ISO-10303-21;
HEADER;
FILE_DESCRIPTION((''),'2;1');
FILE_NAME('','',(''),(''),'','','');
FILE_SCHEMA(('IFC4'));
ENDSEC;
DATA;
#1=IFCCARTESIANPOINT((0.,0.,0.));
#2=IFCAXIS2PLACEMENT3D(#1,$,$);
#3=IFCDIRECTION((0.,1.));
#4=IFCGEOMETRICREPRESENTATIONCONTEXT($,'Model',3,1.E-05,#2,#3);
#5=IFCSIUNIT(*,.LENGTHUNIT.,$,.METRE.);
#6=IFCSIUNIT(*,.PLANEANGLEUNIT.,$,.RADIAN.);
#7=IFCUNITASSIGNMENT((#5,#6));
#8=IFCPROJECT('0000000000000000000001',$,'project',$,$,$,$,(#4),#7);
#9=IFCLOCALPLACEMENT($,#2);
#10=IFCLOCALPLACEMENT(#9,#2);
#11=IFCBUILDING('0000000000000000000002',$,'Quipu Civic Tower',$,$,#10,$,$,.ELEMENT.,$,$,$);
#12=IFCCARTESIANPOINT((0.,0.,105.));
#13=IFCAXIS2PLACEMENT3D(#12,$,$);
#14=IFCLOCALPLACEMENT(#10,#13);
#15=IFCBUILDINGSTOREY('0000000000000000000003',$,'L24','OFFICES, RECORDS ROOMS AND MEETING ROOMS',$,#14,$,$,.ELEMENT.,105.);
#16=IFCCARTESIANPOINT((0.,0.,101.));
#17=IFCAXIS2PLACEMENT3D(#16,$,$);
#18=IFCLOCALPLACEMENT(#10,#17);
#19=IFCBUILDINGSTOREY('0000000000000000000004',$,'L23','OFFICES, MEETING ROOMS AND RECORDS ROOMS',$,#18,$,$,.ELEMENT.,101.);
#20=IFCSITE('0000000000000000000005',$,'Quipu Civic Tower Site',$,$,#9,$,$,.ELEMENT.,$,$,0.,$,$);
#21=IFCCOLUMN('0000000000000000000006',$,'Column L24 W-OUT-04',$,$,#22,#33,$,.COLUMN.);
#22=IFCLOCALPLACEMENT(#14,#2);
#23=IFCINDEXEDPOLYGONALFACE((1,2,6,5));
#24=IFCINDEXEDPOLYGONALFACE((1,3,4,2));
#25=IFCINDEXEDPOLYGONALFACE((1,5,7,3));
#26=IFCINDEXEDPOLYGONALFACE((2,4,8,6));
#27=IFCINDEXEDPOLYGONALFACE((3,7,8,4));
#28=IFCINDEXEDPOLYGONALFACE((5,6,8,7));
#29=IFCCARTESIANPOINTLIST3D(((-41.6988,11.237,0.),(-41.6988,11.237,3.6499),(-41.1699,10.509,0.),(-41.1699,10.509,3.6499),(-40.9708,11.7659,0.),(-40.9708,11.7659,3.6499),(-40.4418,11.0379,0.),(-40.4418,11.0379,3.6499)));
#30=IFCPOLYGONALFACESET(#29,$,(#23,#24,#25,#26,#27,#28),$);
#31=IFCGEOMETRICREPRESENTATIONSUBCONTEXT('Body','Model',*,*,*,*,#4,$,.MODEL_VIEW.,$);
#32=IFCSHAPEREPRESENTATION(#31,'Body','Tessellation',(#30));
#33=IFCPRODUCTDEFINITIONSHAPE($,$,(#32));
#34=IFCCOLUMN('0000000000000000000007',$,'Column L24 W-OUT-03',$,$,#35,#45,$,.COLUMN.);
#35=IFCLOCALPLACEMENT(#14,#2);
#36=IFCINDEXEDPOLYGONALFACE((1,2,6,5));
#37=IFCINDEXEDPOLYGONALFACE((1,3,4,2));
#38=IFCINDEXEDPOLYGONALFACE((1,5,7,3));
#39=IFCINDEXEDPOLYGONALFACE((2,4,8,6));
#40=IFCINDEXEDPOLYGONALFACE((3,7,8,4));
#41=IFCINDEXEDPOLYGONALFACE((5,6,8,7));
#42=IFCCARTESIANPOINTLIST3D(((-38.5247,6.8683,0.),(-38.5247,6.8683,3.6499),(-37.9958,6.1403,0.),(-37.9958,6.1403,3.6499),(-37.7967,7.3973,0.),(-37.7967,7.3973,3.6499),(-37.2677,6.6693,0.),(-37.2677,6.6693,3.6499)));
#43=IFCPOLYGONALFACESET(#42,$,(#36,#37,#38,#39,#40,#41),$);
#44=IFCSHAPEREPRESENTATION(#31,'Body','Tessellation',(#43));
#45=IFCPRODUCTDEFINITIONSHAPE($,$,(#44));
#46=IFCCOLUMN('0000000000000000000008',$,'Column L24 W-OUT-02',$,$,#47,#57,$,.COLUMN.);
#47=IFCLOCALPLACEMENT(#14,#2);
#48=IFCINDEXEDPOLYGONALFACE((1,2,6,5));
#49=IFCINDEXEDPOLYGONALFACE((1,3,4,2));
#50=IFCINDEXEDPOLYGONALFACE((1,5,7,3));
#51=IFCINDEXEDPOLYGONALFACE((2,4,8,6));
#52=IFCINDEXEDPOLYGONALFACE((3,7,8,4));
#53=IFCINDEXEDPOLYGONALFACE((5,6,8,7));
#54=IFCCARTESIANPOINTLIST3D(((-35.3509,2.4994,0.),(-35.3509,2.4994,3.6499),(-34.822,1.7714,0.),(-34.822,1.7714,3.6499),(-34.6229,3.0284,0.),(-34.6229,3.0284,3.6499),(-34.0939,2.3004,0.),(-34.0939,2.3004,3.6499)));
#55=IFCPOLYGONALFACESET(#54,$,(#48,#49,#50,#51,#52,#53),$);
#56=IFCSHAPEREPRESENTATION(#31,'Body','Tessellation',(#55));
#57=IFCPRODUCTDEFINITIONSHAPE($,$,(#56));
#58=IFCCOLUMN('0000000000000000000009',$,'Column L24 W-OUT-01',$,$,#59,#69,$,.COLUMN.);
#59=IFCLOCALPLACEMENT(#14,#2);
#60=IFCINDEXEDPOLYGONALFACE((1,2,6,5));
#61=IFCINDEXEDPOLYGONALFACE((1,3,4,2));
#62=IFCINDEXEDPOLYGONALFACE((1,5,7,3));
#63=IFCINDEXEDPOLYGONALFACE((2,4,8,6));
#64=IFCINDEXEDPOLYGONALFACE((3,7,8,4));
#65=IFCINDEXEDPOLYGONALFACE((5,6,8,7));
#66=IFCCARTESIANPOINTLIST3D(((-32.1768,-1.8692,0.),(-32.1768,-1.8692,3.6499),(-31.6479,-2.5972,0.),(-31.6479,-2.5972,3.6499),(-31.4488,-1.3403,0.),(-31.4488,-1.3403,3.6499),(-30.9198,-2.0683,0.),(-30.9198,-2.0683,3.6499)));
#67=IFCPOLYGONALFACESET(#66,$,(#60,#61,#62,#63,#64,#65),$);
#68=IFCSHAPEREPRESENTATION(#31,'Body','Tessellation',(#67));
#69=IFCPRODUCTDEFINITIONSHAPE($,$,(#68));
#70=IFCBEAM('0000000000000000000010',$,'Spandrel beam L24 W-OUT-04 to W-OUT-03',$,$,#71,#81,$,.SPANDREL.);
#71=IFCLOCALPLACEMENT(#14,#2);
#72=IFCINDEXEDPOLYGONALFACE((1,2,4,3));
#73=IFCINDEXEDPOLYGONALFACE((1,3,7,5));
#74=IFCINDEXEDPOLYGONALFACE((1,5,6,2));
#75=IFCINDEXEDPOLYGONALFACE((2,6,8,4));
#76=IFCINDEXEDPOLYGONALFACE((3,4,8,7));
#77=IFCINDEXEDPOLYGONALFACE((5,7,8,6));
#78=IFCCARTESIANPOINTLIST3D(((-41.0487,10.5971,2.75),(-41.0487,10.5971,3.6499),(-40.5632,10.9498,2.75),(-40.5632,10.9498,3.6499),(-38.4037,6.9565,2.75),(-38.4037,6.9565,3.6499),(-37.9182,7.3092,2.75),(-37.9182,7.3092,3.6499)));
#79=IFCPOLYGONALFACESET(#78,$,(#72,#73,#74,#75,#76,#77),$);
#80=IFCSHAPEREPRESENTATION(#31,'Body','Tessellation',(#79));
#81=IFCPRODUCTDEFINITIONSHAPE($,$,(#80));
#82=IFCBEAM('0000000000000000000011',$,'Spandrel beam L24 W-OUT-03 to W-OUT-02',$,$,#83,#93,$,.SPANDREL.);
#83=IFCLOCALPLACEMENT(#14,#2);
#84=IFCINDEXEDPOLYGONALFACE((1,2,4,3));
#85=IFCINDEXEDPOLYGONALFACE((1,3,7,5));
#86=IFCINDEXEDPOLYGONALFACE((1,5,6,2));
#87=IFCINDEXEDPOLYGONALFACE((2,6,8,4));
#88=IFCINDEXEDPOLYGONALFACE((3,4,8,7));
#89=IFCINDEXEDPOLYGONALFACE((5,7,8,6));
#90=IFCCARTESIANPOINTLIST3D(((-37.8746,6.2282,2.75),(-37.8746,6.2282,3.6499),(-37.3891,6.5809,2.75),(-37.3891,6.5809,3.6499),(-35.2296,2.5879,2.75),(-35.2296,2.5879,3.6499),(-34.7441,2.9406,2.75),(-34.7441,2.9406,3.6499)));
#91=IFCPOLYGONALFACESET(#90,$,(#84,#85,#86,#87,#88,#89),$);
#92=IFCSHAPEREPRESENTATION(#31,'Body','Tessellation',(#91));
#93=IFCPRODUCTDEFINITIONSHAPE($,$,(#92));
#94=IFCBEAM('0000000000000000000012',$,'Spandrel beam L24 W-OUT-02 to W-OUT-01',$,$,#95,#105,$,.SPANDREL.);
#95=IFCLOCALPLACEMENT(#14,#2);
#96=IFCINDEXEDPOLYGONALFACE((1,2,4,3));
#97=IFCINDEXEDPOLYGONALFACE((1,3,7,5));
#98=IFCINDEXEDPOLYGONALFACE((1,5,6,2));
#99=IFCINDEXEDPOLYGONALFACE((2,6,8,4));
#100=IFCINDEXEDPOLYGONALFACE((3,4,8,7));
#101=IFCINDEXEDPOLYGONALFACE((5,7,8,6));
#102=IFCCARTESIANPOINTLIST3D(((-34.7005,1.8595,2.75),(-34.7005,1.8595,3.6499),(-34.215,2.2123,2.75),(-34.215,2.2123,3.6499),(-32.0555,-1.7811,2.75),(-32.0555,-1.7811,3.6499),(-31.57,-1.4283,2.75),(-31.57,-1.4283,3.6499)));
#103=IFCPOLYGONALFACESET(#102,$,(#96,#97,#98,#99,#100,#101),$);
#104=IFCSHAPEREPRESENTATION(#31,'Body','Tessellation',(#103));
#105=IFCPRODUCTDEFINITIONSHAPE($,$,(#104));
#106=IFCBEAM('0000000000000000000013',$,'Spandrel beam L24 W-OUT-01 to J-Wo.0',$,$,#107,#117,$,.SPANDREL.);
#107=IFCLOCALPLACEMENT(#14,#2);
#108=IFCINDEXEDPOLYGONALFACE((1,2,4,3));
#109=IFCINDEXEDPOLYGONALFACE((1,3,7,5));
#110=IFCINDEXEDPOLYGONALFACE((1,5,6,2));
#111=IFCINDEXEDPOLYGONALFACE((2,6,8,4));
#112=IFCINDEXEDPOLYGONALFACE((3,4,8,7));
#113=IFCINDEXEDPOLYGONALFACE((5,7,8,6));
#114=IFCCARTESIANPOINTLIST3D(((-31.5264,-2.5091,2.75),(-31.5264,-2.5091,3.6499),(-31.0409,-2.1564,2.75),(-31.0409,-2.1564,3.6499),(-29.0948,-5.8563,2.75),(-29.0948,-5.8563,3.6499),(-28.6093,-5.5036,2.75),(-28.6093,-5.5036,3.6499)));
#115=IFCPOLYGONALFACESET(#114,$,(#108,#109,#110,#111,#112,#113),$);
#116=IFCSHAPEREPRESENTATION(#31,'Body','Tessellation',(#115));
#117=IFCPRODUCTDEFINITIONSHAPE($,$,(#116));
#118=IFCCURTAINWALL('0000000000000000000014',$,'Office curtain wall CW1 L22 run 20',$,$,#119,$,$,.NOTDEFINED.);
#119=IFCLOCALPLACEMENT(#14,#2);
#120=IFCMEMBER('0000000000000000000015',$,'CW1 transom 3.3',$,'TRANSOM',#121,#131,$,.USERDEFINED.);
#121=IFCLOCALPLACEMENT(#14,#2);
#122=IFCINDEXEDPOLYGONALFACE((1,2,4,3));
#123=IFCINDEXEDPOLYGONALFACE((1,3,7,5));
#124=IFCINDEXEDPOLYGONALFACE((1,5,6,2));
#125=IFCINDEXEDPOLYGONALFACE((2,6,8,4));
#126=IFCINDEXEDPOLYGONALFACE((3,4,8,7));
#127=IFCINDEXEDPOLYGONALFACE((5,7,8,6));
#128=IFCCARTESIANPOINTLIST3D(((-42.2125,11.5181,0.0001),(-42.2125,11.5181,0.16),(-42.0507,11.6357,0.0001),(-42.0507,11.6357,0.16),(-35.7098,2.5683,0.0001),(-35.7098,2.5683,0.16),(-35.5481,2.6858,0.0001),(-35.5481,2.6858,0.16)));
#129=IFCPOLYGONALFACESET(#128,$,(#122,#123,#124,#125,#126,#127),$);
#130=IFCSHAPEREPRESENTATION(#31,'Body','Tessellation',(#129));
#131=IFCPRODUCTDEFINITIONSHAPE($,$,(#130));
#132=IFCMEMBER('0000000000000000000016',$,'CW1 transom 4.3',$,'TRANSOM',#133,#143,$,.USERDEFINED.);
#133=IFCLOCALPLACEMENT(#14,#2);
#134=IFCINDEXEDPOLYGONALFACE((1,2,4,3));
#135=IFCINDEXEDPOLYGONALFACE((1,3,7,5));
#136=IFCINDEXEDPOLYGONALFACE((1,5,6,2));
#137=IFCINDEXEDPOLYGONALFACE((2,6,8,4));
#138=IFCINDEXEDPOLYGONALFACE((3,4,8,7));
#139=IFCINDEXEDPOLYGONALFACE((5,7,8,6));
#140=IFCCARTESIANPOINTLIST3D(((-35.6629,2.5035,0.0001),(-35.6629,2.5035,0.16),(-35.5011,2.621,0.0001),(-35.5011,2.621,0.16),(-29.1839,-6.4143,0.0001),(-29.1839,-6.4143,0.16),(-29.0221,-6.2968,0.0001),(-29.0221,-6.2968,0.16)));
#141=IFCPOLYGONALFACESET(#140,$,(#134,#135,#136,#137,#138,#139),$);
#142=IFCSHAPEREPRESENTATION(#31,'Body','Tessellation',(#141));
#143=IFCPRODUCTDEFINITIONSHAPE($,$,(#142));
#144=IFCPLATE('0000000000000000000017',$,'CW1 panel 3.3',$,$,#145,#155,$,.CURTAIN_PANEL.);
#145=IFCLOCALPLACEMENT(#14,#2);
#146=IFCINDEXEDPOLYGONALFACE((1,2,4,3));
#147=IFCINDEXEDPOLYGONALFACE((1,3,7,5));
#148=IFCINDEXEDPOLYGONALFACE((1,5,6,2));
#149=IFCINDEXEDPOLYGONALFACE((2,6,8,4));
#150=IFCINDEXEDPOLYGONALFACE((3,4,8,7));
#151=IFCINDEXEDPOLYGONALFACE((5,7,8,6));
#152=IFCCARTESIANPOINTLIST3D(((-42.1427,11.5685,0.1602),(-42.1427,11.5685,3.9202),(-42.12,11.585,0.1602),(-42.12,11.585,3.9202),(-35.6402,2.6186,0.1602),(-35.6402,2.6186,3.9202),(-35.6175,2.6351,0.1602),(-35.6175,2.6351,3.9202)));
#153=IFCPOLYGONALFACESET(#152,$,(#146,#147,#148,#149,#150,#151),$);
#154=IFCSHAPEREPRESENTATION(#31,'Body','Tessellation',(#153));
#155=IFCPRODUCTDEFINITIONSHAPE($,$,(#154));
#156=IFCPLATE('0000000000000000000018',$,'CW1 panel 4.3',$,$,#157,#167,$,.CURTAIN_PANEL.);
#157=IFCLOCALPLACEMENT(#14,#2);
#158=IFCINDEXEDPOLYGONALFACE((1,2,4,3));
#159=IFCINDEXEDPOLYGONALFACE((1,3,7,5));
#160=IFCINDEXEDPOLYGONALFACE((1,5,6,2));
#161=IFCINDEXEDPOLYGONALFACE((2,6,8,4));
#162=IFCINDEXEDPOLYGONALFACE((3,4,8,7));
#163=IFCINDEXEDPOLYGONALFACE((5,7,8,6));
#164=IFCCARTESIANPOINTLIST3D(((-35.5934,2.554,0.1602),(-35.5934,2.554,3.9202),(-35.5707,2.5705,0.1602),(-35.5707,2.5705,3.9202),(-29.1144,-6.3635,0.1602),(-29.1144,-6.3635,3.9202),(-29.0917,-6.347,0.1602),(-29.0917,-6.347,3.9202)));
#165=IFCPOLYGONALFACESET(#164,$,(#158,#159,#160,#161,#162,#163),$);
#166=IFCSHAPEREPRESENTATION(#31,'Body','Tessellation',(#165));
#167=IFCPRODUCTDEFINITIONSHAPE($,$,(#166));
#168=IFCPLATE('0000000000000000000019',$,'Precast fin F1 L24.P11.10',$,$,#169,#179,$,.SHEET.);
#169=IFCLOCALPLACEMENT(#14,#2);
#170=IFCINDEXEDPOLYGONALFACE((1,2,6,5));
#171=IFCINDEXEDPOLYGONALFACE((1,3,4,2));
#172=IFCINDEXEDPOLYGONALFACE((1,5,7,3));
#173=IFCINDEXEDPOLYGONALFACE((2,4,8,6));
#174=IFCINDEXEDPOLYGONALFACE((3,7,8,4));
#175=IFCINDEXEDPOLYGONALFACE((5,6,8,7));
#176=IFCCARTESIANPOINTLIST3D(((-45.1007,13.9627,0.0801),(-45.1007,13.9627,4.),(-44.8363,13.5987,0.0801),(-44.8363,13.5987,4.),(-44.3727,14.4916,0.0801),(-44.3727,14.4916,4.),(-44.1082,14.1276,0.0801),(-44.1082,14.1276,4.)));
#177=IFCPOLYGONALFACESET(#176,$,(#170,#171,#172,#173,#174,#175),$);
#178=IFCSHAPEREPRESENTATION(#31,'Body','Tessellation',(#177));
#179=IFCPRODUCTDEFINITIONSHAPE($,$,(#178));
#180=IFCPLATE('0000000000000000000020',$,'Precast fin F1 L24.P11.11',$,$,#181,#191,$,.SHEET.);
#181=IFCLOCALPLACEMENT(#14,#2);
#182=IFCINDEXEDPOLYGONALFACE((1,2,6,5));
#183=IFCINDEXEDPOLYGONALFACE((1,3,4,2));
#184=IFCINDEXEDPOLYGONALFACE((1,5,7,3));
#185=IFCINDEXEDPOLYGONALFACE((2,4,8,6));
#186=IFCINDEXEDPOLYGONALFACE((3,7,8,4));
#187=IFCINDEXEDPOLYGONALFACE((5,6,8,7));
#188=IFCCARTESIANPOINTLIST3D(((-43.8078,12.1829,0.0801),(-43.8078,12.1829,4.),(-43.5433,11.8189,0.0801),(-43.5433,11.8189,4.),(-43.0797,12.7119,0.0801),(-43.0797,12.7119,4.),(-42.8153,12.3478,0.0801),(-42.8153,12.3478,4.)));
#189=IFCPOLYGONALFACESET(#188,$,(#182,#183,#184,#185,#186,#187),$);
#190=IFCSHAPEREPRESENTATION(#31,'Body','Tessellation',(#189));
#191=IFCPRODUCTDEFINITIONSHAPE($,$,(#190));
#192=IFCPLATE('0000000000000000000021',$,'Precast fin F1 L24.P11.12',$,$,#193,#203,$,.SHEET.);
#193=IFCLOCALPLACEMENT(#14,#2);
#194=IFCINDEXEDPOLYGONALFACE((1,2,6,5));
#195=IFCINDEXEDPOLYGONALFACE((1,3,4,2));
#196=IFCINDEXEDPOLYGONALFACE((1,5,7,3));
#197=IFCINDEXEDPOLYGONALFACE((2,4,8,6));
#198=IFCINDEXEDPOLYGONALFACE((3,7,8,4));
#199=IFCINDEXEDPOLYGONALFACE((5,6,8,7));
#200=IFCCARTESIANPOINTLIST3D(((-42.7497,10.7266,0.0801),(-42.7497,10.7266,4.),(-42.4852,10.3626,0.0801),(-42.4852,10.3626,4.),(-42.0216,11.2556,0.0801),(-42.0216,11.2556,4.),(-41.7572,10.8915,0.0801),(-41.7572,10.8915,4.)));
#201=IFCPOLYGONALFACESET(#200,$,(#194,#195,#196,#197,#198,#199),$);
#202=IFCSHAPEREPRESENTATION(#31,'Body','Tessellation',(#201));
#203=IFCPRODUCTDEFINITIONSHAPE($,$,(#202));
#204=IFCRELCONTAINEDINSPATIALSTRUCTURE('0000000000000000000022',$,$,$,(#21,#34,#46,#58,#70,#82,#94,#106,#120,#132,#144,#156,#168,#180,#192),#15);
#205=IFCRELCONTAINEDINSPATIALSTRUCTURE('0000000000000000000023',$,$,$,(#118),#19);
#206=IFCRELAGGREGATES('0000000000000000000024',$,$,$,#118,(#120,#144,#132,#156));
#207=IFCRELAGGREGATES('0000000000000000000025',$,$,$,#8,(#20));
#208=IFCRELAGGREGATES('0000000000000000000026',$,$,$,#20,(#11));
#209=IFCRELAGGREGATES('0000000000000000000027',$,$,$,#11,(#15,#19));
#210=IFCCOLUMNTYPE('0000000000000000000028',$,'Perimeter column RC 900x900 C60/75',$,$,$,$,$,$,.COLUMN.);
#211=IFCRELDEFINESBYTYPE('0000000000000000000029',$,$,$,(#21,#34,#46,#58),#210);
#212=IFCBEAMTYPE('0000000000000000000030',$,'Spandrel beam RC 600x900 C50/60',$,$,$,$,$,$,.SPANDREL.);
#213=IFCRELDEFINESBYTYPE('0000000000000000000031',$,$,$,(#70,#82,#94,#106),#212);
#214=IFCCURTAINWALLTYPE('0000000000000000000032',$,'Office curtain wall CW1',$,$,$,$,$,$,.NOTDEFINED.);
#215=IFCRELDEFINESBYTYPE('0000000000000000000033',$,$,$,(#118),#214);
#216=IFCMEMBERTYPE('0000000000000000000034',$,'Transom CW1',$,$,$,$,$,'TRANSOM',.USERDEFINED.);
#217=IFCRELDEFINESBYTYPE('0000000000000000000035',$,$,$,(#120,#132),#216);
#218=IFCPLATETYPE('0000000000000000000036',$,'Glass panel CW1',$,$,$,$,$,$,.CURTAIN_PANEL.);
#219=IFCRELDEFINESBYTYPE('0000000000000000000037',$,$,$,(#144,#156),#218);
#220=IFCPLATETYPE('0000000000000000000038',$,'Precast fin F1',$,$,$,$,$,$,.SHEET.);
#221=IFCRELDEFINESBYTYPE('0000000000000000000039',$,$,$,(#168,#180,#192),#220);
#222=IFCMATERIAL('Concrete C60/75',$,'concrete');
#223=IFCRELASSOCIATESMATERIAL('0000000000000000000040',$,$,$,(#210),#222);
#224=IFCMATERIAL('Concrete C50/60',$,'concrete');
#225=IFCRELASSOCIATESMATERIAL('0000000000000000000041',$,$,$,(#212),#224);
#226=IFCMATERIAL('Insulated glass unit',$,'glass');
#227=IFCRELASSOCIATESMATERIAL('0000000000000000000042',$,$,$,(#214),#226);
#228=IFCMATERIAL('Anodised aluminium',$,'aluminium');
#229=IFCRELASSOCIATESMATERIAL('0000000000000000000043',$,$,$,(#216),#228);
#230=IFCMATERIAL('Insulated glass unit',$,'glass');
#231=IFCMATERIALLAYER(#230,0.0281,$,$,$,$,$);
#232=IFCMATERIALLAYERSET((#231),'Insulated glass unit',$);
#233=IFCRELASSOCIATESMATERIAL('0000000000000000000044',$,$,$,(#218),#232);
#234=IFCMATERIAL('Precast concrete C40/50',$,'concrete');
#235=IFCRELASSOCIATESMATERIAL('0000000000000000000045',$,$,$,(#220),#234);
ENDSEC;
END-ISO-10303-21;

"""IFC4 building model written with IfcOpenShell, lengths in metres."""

from ifc_helpers import new_model, si_unit, direction, frame, origin, origin_2d, place, context, subcontext, project, spatial, rectangle, extrude, material, layer, layer_set, material_profile, profile_set, type_object, element, aggregate, save


model = new_model("IFC4")

# Units and contexts
model_context = context("Model", 3, precision=1e-05, world=origin(), true_north=direction((0.0, 1.0)))
body_context = subcontext(model_context, "Body", "Model", "MODEL_VIEW")
ifc_project = project(units=[si_unit("LENGTHUNIT", "METRE"), si_unit("PLANEANGLEUNIT", "RADIAN")], contexts=[model_context])

# Site, building, storey
site_placement = place(None, origin())
site = spatial("IfcSite", under=ifc_project, at=site_placement, Name="Quipu Civic Tower Site", CompositionType="ELEMENT", RefElevation=0.0)
building_placement = place(site_placement, origin())
building = spatial("IfcBuilding", under=site, at=building_placement, Name="Quipu Civic Tower", CompositionType="ELEMENT")
storey_1_placement = place(building_placement, frame((0.0, 0.0, 105.0)))
storey_1 = spatial("IfcBuildingStorey", under=building, at=storey_1_placement, Name="L24", Description="OFFICES, RECORDS ROOMS AND MEETING ROOMS", CompositionType="ELEMENT", Elevation=105.0)

# Columns
ifc_material_1 = material(Name="Concrete C60/75", Category="concrete")
ifc_material_profile_1 = material_profile(ifc_material_1, rectangle(XDim=0.8999, YDim=0.8999, at=origin_2d()), Name="RC900x900")
ifc_profile_set_1 = profile_set([ifc_material_profile_1], Name="Concrete C60/75")
column_type = type_object("IfcColumnType", Name="Perimeter column RC 900x900 C60/75", PredefinedType="COLUMN", material=ifc_profile_set_1)
for number, where, z_axis, x_axis, name in (
    (1, (-41.0703, 11.1375, 0.0), (0.0, 0.0, 1.0), (0.587785, -0.809017, 0.0), "Column L24 W-OUT-04"),
    (2, (-37.8962, 6.7688, 0.0), (0.0, 0.0, 1.0), (0.587785, -0.809017, 0.0), "Column L24 W-OUT-03"),
    (3, (-34.7224, 2.3999, 0.0), (0.0, 0.0, 1.0), (0.587785, -0.809017, 0.0), "Column L24 W-OUT-02"),
    (4, (-31.5483, -1.9688, 0.0), (0.0, 0.0, 1.0), (0.587785, -0.809017, 0.0), "Column L24 W-OUT-01"),
):
    element("IfcColumn", number, at=place(storey_1_placement, frame(where, z_axis=z_axis, x_axis=x_axis)), inside=storey_1, type_object=column_type, Name=name, PredefinedType="COLUMN", context=body_context, shape_type="SweptSolid", body=[
        extrude(rectangle(XDim=0.8999, YDim=0.8999, at=origin_2d()), origin(), (0.0, 0.0, 1.0), 3.6499),
    ])

# Beams
ifc_material_2 = material(Name="Concrete C50/60", Category="concrete")
ifc_material_profile_2 = material_profile(ifc_material_2, rectangle(XDim=0.6001, YDim=0.8999, at=origin_2d()), Name="RC600x900")
ifc_profile_set_2 = profile_set([ifc_material_profile_2], Name="Concrete C50/60")
beam_type = type_object("IfcBeamType", Name="Spandrel beam RC 600x900 C50/60", PredefinedType="SPANDREL", material=ifc_profile_set_2)
beam_1_placement = place(storey_1_placement, frame((-40.8059, 10.7734, 3.2), z_axis=(0.587778, -0.809022, 0.0), x_axis=(0.809022, 0.587778, 0.0)))
element("IfcBeam", 5, at=beam_1_placement, inside=storey_1, type_object=beam_type, Name="Spandrel beam L24 W-OUT-04 to W-OUT-03", PredefinedType="SPANDREL", context=body_context, shape_type="SweptSolid", body=[
    extrude(rectangle(XDim=0.6001, YDim=0.8999, at=origin_2d()), origin(), (0.0, 0.0, 1.0), 4.5),
])
beam_2_placement = place(storey_1_placement, frame((-37.6318, 6.4045, 3.2), z_axis=(0.587804, -0.809003, 0.0), x_axis=(0.809003, 0.587804, 0.0)))
element("IfcBeam", 6, at=beam_2_placement, inside=storey_1, type_object=beam_type, Name="Spandrel beam L24 W-OUT-03 to W-OUT-02", PredefinedType="SPANDREL", context=body_context, shape_type="SweptSolid", body=[
    extrude(rectangle(XDim=0.6001, YDim=0.8999, at=origin_2d()), origin(), (0.0, 0.0, 1.0), 4.4998),
])
beam_3_placement = place(storey_1_placement, frame((-34.4578, 2.0359, 3.2), z_axis=(0.587778, -0.809022, 0.0), x_axis=(0.809022, 0.587778, 0.0)))
element("IfcBeam", 7, at=beam_3_placement, inside=storey_1, type_object=beam_type, Name="Spandrel beam L24 W-OUT-02 to W-OUT-01", PredefinedType="SPANDREL", context=body_context, shape_type="SweptSolid", body=[
    extrude(rectangle(XDim=0.6001, YDim=0.8999, at=origin_2d()), origin(), (0.0, 0.0, 1.0), 4.5),
])
beam_4_placement = place(storey_1_placement, frame((-31.2837, -2.3328, 3.2), z_axis=(0.587751, -0.809042, 0.0), x_axis=(0.809042, 0.587751, 0.0)))
element("IfcBeam", 8, at=beam_4_placement, inside=storey_1, type_object=beam_type, Name="Spandrel beam L24 W-OUT-01 to J-Wo.0", PredefinedType="SPANDREL", context=body_context, shape_type="SweptSolid", body=[
    extrude(rectangle(XDim=0.6001, YDim=0.8999, at=origin_2d()), origin(), (0.0, 0.0, 1.0), 4.1372),
])

# Shared definitions
storey_2_placement = place(building_placement, frame((0.0, 0.0, 101.0)))
storey_2 = spatial("IfcBuildingStorey", under=building, at=storey_2_placement, Name="L23", Description="OFFICES, MEETING ROOMS AND RECORDS ROOMS", CompositionType="ELEMENT", Elevation=101.0)

# Curtain wall, members, plates
ifc_material_3 = material(Name="Insulated glass unit", Category="glass")
curtain_wall_type = type_object("IfcCurtainWallType", Name="Office curtain wall CW1", PredefinedType="NOTDEFINED", material=ifc_material_3)
curtain_wall_placement = place(storey_2_placement, origin())
curtain_wall = element("IfcCurtainWall", 9, at=curtain_wall_placement, inside=storey_2, type_object=curtain_wall_type, Name="Office curtain wall CW1 L22 run 20", PredefinedType="NOTDEFINED")
ifc_material_4 = material(Name="Anodised aluminium", Category="aluminium")
ifc_material_profile_3 = material_profile(ifc_material_4, rectangle(XDim=0.2, YDim=0.1599, at=origin_2d()), Name="RECT 200x160")
ifc_profile_set_3 = profile_set([ifc_material_profile_3], Name="Anodised aluminium")
member_type = type_object("IfcMemberType", Name="Transom CW1", ElementType="TRANSOM", PredefinedType="USERDEFINED", material=ifc_profile_set_3)
member_1_placement = place(storey_1_placement, frame((-42.1316, 11.5769, 0.0801), z_axis=(0.587795, -0.80901, 0.0), x_axis=(0.80901, 0.587795, 0.0)))
member_1 = element("IfcMember", 10, at=member_1_placement, inside=storey_1, type_object=member_type, Name="CW1 transom 3.3", ObjectType="TRANSOM", PredefinedType="USERDEFINED", context=body_context, shape_type="SweptSolid", body=[
    extrude(rectangle(XDim=0.2, YDim=0.1599, at=origin_2d()), origin(), (0.0, 0.0, 1.0), 11.0627),
])
member_2_placement = place(storey_1_placement, frame((-35.582, 2.5623, 0.0801), z_axis=(0.587779, -0.809021, 0.0), x_axis=(0.809021, 0.587779, 0.0)))
member_2 = element("IfcMember", 11, at=member_2_placement, inside=storey_1, type_object=member_type, Name="CW1 transom 4.3", ObjectType="TRANSOM", PredefinedType="USERDEFINED", context=body_context, shape_type="SweptSolid", body=[
    extrude(rectangle(XDim=0.2, YDim=0.1599, at=origin_2d()), origin(), (0.0, 0.0, 1.0), 11.0229),
])
ifc_material_5 = material(Name="Insulated glass unit", Category="glass")
ifc_layer_1 = layer(ifc_material_5, 0.0281)
ifc_layer_set_1 = layer_set([ifc_layer_1], Name="Insulated glass unit")
plate_type_1 = type_object("IfcPlateType", Name="Glass panel CW1", PredefinedType="CURTAIN_PANEL", material=ifc_layer_set_1)
plate_1_placement = place(storey_1_placement, frame((-38.8801, 7.1018, 0.1602), z_axis=(0.0, 0.0, 1.0), x_axis=(0.587786, -0.809017, 0.0)))
plate_1 = element("IfcPlate", 12, at=plate_1_placement, inside=storey_1, type_object=plate_type_1, Name="CW1 panel 3.3", PredefinedType="CURTAIN_PANEL", context=body_context, shape_type="SweptSolid", body=[
    extrude(rectangle(XDim=11.0627, YDim=0.0281, at=origin_2d()), origin(), (0.0, 0.0, 1.0), 3.76),
])
plate_2_placement = place(storey_1_placement, frame((-32.3425, -1.8965, 0.1602), z_axis=(0.0, 0.0, 1.0), x_axis=(0.587786, -0.809017, 0.0)))
plate_2 = element("IfcPlate", 13, at=plate_2_placement, inside=storey_1, type_object=plate_type_1, Name="CW1 panel 4.3", PredefinedType="CURTAIN_PANEL", context=body_context, shape_type="SweptSolid", body=[
    extrude(rectangle(XDim=11.0227, YDim=0.0281, at=origin_2d()), origin(), (0.0, 0.0, 1.0), 3.76),
])
aggregate(curtain_wall, [member_1, plate_1, member_2, plate_2])

# Plates
ifc_material_6 = material(Name="Precast concrete C40/50", Category="concrete")
plate_type_2 = type_object("IfcPlateType", Name="Precast fin F1", PredefinedType="SHEET", material=ifc_material_6)
for number, where, z_axis, x_axis, name in (
    (14, (-44.6045, 14.0452, 0.0801), (0.0, 0.0, 1.0), (0.587786, -0.809017, 0.0), "Precast fin F1 L24.P11.10"),
    (15, (-43.3115, 12.2654, 0.0801), (0.0, 0.0, 1.0), (0.587786, -0.809017, 0.0), "Precast fin F1 L24.P11.11"),
    (16, (-42.2534, 10.8091, 0.0801), (0.0, 0.0, 1.0), (0.587786, -0.809017, 0.0), "Precast fin F1 L24.P11.12"),
):
    element("IfcPlate", number, at=place(storey_1_placement, frame(where, z_axis=z_axis, x_axis=x_axis)), inside=storey_1, type_object=plate_type_2, Name=name, PredefinedType="SHEET", context=body_context, shape_type="SweptSolid", body=[
        extrude(rectangle(XDim=0.45, YDim=0.8999, at=origin_2d()), origin(), (0.0, 0.0, 1.0), 3.9199),
    ])

save(model, "model.ifc")
